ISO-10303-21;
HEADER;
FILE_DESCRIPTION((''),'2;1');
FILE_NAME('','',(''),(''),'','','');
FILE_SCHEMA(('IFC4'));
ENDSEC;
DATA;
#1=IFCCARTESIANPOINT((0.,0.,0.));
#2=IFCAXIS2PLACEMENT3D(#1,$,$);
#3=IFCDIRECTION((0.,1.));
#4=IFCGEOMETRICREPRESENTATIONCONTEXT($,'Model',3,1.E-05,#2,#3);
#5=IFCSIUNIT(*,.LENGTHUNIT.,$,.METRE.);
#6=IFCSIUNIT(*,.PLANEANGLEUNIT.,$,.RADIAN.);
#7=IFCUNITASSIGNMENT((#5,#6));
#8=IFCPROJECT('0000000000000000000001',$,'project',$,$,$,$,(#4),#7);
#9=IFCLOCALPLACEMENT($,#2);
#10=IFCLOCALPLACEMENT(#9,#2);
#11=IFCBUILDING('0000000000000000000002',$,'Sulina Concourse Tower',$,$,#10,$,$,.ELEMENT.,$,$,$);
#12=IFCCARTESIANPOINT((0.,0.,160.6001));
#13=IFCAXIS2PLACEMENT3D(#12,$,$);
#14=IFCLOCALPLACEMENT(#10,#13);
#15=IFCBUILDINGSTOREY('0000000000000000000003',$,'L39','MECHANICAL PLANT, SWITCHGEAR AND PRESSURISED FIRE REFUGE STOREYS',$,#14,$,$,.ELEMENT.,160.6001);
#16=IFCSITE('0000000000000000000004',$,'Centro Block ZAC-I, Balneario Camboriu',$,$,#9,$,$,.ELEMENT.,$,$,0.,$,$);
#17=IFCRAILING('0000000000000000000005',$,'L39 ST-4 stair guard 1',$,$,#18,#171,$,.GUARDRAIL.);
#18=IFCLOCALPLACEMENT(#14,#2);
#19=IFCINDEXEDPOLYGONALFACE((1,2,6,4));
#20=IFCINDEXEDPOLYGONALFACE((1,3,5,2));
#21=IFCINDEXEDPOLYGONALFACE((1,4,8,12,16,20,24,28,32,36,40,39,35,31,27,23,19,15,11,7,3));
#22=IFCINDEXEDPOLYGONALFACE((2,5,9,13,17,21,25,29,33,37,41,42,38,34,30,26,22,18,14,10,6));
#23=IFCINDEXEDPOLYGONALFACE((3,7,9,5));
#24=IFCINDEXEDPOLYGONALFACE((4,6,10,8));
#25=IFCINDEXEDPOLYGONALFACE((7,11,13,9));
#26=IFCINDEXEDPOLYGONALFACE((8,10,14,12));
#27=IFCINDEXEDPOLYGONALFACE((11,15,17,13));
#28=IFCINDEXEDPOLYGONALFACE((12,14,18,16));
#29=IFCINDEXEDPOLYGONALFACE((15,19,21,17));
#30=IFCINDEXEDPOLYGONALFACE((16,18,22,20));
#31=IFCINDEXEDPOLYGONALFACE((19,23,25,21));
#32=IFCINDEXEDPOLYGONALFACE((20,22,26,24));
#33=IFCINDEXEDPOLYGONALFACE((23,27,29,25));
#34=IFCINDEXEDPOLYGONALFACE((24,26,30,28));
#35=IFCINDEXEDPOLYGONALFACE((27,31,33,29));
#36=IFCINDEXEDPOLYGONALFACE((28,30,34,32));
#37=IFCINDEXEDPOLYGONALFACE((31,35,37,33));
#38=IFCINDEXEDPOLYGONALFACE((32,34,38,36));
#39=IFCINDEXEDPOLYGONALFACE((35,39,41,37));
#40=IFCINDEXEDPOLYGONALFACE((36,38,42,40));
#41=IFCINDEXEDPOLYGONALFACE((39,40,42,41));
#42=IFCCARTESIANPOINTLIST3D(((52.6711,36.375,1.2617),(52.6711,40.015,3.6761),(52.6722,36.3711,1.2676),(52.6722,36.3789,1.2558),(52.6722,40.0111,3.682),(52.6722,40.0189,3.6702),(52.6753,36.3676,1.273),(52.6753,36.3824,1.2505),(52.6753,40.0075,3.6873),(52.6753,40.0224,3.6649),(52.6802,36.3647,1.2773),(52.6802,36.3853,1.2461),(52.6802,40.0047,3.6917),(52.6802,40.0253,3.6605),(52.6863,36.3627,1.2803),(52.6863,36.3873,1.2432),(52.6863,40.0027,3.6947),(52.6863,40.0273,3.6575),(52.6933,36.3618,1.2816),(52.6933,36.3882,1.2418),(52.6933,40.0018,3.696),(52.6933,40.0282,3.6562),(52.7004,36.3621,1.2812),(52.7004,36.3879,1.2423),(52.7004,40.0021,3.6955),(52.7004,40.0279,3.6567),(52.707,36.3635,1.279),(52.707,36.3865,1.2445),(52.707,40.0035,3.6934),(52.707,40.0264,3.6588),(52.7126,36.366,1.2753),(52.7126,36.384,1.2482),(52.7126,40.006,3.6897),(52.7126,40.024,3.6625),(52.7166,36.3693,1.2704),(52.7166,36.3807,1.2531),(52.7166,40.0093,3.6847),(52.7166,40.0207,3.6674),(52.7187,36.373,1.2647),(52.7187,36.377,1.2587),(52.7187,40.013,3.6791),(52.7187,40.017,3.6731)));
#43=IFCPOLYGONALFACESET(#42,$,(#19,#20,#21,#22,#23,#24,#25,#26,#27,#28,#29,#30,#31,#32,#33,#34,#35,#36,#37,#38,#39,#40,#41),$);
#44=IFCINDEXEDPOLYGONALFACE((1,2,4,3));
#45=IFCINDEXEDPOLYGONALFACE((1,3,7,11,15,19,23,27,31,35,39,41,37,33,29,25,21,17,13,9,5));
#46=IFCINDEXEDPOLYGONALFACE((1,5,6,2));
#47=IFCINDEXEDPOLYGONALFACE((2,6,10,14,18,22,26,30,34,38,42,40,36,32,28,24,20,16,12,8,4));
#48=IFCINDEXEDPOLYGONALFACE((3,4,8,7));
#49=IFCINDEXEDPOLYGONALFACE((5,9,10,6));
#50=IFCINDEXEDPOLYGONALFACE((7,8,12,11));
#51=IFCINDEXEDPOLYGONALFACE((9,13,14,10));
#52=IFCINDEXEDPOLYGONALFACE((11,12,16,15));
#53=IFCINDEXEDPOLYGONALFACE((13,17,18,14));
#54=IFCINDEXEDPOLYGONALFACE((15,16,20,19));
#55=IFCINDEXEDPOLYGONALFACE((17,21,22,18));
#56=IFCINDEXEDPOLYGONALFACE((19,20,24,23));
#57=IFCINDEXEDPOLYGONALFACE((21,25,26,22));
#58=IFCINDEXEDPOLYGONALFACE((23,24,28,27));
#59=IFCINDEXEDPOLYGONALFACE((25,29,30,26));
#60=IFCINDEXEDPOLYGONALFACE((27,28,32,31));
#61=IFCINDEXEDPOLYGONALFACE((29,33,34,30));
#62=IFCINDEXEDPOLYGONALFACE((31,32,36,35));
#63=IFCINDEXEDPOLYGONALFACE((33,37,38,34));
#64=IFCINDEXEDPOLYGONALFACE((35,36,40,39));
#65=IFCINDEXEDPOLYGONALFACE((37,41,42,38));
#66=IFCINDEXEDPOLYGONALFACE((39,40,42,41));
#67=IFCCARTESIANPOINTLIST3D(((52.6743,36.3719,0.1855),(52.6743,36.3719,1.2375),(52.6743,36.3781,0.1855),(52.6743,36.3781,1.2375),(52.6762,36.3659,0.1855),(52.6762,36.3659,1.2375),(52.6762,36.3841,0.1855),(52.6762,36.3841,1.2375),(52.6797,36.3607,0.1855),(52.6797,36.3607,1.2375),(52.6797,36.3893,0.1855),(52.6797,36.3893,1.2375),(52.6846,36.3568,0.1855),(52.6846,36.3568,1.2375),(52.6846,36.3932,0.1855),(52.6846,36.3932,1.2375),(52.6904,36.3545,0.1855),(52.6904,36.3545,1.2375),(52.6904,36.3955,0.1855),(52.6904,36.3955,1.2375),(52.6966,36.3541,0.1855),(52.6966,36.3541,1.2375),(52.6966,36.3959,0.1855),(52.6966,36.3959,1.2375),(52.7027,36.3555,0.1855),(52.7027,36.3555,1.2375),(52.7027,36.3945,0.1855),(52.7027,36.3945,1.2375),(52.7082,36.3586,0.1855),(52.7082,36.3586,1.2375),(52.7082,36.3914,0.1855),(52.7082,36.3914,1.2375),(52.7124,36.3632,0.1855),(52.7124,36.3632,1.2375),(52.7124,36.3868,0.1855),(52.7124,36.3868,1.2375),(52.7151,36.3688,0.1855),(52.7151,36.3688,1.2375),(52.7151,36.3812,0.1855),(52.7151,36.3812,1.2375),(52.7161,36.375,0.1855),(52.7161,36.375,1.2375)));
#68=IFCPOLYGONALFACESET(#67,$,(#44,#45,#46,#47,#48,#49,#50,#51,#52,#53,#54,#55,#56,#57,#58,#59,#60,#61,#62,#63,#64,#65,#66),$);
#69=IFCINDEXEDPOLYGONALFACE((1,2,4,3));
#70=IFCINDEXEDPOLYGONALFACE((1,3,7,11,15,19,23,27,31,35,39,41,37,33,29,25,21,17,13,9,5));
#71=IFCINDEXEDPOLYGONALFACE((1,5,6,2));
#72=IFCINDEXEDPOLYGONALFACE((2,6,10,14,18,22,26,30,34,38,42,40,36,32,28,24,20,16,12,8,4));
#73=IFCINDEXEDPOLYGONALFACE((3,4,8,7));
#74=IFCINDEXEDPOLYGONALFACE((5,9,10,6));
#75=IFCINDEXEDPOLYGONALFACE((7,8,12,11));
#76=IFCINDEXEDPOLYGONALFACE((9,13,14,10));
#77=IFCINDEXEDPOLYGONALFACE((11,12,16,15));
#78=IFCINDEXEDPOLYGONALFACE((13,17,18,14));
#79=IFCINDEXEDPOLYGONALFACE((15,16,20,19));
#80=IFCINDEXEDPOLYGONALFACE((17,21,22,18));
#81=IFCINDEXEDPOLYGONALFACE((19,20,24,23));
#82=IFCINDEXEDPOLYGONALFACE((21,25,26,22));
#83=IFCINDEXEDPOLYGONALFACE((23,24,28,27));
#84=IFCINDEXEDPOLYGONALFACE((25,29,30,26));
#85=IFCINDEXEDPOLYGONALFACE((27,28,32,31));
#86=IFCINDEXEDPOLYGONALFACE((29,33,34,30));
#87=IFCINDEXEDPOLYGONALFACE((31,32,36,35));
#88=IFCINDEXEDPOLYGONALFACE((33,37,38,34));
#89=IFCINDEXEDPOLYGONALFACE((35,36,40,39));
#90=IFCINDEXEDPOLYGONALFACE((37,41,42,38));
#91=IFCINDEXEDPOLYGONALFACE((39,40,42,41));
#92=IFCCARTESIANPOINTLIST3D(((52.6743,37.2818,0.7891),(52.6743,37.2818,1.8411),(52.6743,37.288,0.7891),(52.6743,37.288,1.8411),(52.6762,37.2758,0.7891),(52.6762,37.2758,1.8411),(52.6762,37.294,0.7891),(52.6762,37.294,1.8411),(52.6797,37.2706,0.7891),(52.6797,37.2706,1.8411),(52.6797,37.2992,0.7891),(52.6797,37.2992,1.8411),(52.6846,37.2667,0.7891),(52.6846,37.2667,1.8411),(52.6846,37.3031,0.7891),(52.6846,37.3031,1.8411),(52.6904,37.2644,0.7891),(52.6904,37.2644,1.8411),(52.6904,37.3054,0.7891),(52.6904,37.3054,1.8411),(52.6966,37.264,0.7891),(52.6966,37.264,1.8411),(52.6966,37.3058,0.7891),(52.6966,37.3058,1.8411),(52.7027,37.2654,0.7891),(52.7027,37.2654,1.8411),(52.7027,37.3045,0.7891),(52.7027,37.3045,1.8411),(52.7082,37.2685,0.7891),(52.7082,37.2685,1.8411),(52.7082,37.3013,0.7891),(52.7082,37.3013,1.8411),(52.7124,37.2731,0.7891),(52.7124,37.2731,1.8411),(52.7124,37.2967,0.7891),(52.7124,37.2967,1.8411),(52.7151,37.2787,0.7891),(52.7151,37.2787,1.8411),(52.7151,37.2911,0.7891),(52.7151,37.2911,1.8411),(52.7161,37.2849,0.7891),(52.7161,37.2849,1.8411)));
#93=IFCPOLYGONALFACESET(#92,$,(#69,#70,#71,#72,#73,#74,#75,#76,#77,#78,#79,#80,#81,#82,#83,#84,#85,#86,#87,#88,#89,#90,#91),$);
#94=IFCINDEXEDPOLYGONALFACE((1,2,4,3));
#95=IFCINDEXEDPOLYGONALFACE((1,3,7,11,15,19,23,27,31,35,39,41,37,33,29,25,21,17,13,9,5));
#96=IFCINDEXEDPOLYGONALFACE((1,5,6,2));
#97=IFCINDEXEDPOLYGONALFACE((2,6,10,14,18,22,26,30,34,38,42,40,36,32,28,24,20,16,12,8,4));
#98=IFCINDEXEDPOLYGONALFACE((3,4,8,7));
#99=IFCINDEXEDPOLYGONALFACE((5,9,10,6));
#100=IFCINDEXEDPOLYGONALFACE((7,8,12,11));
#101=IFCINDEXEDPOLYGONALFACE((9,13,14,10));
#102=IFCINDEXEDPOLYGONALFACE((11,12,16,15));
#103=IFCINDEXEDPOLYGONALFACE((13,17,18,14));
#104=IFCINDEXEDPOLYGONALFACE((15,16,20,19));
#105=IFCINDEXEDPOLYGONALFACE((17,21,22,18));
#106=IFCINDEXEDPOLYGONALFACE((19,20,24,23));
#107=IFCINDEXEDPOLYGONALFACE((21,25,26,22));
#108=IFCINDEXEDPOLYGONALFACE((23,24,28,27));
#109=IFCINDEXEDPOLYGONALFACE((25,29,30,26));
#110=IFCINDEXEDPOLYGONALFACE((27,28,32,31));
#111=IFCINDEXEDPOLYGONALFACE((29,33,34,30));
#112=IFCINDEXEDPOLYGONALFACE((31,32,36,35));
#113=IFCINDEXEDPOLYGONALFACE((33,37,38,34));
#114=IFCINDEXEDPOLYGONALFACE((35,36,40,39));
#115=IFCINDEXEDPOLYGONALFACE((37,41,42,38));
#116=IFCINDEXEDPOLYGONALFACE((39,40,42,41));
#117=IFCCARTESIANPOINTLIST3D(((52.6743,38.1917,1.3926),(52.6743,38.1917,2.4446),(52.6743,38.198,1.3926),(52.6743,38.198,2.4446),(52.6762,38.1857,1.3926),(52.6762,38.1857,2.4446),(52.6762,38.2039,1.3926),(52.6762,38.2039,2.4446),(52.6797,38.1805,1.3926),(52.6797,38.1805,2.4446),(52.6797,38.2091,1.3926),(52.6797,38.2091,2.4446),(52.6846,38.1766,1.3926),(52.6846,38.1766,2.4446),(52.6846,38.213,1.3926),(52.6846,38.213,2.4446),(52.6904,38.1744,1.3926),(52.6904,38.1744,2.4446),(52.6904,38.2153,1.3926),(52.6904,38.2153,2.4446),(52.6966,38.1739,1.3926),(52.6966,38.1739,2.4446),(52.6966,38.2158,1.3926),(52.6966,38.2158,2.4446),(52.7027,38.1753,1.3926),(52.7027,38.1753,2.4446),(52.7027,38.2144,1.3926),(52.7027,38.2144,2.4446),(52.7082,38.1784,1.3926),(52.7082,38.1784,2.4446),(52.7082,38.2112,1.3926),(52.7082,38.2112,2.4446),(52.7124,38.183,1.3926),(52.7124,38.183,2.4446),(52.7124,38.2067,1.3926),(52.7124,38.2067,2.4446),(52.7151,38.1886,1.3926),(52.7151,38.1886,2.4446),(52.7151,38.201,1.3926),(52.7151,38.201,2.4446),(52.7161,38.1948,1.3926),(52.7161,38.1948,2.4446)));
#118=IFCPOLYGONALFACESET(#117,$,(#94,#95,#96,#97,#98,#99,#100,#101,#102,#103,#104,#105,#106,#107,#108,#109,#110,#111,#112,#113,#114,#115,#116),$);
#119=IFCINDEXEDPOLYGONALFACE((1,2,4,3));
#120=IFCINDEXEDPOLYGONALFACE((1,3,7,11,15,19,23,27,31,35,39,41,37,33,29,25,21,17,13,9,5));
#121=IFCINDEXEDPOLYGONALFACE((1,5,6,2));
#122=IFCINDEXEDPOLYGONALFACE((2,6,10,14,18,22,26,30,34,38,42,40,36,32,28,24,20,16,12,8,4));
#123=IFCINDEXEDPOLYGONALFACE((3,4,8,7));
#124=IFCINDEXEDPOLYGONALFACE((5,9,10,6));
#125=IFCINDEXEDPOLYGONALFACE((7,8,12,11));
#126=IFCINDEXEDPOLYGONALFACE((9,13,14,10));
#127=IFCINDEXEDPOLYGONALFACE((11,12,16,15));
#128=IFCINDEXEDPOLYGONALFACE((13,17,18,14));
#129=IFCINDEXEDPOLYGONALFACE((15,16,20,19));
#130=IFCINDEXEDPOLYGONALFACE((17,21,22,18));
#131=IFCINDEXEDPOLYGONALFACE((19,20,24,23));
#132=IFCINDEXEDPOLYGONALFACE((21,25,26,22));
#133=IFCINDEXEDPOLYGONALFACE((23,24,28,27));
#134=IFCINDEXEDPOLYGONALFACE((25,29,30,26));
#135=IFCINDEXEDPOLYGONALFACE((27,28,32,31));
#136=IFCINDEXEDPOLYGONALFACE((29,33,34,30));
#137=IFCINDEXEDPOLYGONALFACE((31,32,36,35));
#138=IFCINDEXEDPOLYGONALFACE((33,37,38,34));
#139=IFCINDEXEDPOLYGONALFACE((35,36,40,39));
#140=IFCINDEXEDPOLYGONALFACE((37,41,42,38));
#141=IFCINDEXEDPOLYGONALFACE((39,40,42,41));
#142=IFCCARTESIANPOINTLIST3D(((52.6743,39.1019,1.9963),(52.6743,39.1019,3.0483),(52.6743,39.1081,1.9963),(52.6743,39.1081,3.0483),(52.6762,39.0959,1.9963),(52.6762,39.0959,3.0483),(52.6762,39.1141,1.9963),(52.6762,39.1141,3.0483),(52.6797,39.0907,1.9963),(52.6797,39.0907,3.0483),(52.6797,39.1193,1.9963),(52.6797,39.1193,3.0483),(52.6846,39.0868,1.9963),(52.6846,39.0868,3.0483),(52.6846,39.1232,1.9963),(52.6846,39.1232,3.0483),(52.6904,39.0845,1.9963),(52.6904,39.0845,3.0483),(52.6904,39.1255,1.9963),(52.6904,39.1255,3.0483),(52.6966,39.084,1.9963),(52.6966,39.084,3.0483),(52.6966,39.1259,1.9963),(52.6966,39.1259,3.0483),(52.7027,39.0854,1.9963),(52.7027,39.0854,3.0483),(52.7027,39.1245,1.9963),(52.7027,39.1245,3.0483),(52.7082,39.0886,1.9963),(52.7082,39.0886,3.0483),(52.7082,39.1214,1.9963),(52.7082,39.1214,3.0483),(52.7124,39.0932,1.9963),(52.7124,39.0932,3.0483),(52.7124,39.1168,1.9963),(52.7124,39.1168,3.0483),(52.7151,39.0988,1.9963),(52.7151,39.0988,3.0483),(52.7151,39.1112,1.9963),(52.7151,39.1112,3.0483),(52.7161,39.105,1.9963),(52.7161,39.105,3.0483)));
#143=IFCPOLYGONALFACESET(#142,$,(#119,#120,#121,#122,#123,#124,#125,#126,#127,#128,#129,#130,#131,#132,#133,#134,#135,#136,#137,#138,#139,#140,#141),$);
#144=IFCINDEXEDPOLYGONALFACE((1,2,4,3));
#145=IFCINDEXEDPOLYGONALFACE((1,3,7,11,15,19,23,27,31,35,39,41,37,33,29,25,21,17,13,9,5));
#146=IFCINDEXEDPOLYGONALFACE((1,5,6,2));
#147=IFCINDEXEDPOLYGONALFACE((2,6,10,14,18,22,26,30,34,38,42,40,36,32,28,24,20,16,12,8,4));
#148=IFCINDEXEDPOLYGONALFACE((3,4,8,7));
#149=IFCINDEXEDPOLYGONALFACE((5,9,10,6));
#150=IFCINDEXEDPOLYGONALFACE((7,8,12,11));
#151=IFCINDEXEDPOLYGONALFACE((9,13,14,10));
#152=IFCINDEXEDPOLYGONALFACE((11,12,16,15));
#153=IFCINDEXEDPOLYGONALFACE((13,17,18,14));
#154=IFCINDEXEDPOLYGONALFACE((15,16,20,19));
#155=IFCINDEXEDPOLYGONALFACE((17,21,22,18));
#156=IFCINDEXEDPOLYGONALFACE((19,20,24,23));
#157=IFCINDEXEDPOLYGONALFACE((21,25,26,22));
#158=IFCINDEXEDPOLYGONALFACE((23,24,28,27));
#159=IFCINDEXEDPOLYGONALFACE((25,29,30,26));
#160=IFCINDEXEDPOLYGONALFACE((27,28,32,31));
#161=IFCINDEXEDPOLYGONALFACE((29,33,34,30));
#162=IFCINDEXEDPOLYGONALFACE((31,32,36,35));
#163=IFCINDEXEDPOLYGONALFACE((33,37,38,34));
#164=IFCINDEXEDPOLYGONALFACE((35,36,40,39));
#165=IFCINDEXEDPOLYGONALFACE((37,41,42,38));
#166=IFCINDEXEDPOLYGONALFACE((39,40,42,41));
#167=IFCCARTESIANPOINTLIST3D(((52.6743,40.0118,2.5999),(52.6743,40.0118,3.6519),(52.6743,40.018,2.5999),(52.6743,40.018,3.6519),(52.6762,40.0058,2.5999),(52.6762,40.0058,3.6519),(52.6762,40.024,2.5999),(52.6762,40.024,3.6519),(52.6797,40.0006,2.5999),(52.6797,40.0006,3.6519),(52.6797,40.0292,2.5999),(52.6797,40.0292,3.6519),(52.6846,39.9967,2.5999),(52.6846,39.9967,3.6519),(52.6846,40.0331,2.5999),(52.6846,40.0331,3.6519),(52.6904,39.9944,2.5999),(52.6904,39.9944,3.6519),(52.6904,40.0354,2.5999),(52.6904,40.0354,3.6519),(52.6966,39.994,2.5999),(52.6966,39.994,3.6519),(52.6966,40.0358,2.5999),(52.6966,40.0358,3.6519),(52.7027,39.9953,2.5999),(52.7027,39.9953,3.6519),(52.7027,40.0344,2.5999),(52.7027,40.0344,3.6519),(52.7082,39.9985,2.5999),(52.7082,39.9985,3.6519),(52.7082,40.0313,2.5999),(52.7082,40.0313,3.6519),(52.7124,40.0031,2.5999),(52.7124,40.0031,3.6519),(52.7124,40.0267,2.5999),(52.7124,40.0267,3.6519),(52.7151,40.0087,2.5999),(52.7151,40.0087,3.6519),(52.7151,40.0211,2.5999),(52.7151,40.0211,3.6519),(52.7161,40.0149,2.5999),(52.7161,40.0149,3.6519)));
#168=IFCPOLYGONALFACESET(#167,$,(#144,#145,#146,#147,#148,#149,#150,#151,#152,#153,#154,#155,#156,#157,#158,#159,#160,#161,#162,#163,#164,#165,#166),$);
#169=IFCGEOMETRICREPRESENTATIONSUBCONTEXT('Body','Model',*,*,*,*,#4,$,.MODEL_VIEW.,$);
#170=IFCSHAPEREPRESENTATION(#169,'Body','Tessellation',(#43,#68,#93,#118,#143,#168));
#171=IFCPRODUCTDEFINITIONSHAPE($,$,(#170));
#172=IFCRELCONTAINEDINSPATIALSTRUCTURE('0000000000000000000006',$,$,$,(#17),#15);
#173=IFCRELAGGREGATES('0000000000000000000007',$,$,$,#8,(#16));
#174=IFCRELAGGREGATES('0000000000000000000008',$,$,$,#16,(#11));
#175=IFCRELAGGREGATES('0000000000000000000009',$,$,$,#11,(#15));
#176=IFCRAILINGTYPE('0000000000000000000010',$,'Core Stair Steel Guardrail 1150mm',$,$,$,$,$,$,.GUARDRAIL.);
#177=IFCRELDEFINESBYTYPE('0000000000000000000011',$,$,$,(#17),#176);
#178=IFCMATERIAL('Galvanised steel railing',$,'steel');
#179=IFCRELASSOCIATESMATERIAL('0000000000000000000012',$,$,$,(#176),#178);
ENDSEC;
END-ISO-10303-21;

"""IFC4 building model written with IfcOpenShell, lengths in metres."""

from ifc_helpers import new_model, si_unit, direction, frame, origin, origin_2d, place, context, subcontext, project, spatial, circle, extrude, material, type_object, element, save


model = new_model("IFC4")

# Units and contexts
model_context = context("Model", 3, precision=1e-05, world=origin(), true_north=direction((0.0, 1.0)))
body_context = subcontext(model_context, "Body", "Model", "MODEL_VIEW")
ifc_project = project(units=[si_unit("LENGTHUNIT", "METRE"), si_unit("PLANEANGLEUNIT", "RADIAN")], contexts=[model_context])

# Site, building, storey
site_placement = place(None, origin())
site = spatial("IfcSite", under=ifc_project, at=site_placement, Name="Centro Block ZAC-I, Balneario Camboriu", CompositionType="ELEMENT", RefElevation=0.0)
building_placement = place(site_placement, origin())
building = spatial("IfcBuilding", under=site, at=building_placement, Name="Sulina Concourse Tower", CompositionType="ELEMENT")
storey_placement = place(building_placement, frame((0.0, 0.0, 160.6001)))
storey = spatial("IfcBuildingStorey", under=building, at=storey_placement, Name="L39", Description="MECHANICAL PLANT, SWITCHGEAR AND PRESSURISED FIRE REFUGE STOREYS", CompositionType="ELEMENT", Elevation=160.6001)

# Railing
ifc_material_1 = material(Name="Galvanised steel railing", Category="steel")
railing_type_1 = type_object("IfcRailingType", Name="Core Stair Steel Guardrail 1150mm", PredefinedType="GUARDRAIL", material=ifc_material_1)
railing_1_placement = place(storey_placement, frame((52.6951, 36.375, 0.1855)))
element("IfcRailing", 1, at=railing_1_placement, inside=storey, type_object=railing_type_1, Name="L39 ST-4 stair guard 1", PredefinedType="GUARDRAIL", context=body_context, shape_type="SweptSolid", body=[
    extrude(circle(Radius=0.0239, at=origin_2d()), frame((0.0, 0.0, 1.0762), z_axis=(0.0, 0.833347, 0.552751), x_axis=(-1.0, 0.0, 0.0)), (0.0, 0.0, 1.0), 4.3679),
    extrude(circle(Radius=0.021, at=origin_2d()), origin(), (0.0, 0.0, 1.0), 1.052),
    extrude(circle(Radius=0.021, at=origin_2d()), frame((0.0, 0.9099, 0.6035)), (0.0, 0.0, 1.0), 1.052),
    extrude(circle(Radius=0.021, at=origin_2d()), frame((0.0, 1.8198, 1.207)), (0.0, 0.0, 1.0), 1.052),
    extrude(circle(Radius=0.021, at=origin_2d()), frame((0.0, 2.73, 1.8108)), (0.0, 0.0, 1.0), 1.052),
    extrude(circle(Radius=0.021, at=origin_2d()), frame((0.0, 3.6399, 2.4143)), (0.0, 0.0, 1.0), 1.052),
])

save(model, "model.ifc")
